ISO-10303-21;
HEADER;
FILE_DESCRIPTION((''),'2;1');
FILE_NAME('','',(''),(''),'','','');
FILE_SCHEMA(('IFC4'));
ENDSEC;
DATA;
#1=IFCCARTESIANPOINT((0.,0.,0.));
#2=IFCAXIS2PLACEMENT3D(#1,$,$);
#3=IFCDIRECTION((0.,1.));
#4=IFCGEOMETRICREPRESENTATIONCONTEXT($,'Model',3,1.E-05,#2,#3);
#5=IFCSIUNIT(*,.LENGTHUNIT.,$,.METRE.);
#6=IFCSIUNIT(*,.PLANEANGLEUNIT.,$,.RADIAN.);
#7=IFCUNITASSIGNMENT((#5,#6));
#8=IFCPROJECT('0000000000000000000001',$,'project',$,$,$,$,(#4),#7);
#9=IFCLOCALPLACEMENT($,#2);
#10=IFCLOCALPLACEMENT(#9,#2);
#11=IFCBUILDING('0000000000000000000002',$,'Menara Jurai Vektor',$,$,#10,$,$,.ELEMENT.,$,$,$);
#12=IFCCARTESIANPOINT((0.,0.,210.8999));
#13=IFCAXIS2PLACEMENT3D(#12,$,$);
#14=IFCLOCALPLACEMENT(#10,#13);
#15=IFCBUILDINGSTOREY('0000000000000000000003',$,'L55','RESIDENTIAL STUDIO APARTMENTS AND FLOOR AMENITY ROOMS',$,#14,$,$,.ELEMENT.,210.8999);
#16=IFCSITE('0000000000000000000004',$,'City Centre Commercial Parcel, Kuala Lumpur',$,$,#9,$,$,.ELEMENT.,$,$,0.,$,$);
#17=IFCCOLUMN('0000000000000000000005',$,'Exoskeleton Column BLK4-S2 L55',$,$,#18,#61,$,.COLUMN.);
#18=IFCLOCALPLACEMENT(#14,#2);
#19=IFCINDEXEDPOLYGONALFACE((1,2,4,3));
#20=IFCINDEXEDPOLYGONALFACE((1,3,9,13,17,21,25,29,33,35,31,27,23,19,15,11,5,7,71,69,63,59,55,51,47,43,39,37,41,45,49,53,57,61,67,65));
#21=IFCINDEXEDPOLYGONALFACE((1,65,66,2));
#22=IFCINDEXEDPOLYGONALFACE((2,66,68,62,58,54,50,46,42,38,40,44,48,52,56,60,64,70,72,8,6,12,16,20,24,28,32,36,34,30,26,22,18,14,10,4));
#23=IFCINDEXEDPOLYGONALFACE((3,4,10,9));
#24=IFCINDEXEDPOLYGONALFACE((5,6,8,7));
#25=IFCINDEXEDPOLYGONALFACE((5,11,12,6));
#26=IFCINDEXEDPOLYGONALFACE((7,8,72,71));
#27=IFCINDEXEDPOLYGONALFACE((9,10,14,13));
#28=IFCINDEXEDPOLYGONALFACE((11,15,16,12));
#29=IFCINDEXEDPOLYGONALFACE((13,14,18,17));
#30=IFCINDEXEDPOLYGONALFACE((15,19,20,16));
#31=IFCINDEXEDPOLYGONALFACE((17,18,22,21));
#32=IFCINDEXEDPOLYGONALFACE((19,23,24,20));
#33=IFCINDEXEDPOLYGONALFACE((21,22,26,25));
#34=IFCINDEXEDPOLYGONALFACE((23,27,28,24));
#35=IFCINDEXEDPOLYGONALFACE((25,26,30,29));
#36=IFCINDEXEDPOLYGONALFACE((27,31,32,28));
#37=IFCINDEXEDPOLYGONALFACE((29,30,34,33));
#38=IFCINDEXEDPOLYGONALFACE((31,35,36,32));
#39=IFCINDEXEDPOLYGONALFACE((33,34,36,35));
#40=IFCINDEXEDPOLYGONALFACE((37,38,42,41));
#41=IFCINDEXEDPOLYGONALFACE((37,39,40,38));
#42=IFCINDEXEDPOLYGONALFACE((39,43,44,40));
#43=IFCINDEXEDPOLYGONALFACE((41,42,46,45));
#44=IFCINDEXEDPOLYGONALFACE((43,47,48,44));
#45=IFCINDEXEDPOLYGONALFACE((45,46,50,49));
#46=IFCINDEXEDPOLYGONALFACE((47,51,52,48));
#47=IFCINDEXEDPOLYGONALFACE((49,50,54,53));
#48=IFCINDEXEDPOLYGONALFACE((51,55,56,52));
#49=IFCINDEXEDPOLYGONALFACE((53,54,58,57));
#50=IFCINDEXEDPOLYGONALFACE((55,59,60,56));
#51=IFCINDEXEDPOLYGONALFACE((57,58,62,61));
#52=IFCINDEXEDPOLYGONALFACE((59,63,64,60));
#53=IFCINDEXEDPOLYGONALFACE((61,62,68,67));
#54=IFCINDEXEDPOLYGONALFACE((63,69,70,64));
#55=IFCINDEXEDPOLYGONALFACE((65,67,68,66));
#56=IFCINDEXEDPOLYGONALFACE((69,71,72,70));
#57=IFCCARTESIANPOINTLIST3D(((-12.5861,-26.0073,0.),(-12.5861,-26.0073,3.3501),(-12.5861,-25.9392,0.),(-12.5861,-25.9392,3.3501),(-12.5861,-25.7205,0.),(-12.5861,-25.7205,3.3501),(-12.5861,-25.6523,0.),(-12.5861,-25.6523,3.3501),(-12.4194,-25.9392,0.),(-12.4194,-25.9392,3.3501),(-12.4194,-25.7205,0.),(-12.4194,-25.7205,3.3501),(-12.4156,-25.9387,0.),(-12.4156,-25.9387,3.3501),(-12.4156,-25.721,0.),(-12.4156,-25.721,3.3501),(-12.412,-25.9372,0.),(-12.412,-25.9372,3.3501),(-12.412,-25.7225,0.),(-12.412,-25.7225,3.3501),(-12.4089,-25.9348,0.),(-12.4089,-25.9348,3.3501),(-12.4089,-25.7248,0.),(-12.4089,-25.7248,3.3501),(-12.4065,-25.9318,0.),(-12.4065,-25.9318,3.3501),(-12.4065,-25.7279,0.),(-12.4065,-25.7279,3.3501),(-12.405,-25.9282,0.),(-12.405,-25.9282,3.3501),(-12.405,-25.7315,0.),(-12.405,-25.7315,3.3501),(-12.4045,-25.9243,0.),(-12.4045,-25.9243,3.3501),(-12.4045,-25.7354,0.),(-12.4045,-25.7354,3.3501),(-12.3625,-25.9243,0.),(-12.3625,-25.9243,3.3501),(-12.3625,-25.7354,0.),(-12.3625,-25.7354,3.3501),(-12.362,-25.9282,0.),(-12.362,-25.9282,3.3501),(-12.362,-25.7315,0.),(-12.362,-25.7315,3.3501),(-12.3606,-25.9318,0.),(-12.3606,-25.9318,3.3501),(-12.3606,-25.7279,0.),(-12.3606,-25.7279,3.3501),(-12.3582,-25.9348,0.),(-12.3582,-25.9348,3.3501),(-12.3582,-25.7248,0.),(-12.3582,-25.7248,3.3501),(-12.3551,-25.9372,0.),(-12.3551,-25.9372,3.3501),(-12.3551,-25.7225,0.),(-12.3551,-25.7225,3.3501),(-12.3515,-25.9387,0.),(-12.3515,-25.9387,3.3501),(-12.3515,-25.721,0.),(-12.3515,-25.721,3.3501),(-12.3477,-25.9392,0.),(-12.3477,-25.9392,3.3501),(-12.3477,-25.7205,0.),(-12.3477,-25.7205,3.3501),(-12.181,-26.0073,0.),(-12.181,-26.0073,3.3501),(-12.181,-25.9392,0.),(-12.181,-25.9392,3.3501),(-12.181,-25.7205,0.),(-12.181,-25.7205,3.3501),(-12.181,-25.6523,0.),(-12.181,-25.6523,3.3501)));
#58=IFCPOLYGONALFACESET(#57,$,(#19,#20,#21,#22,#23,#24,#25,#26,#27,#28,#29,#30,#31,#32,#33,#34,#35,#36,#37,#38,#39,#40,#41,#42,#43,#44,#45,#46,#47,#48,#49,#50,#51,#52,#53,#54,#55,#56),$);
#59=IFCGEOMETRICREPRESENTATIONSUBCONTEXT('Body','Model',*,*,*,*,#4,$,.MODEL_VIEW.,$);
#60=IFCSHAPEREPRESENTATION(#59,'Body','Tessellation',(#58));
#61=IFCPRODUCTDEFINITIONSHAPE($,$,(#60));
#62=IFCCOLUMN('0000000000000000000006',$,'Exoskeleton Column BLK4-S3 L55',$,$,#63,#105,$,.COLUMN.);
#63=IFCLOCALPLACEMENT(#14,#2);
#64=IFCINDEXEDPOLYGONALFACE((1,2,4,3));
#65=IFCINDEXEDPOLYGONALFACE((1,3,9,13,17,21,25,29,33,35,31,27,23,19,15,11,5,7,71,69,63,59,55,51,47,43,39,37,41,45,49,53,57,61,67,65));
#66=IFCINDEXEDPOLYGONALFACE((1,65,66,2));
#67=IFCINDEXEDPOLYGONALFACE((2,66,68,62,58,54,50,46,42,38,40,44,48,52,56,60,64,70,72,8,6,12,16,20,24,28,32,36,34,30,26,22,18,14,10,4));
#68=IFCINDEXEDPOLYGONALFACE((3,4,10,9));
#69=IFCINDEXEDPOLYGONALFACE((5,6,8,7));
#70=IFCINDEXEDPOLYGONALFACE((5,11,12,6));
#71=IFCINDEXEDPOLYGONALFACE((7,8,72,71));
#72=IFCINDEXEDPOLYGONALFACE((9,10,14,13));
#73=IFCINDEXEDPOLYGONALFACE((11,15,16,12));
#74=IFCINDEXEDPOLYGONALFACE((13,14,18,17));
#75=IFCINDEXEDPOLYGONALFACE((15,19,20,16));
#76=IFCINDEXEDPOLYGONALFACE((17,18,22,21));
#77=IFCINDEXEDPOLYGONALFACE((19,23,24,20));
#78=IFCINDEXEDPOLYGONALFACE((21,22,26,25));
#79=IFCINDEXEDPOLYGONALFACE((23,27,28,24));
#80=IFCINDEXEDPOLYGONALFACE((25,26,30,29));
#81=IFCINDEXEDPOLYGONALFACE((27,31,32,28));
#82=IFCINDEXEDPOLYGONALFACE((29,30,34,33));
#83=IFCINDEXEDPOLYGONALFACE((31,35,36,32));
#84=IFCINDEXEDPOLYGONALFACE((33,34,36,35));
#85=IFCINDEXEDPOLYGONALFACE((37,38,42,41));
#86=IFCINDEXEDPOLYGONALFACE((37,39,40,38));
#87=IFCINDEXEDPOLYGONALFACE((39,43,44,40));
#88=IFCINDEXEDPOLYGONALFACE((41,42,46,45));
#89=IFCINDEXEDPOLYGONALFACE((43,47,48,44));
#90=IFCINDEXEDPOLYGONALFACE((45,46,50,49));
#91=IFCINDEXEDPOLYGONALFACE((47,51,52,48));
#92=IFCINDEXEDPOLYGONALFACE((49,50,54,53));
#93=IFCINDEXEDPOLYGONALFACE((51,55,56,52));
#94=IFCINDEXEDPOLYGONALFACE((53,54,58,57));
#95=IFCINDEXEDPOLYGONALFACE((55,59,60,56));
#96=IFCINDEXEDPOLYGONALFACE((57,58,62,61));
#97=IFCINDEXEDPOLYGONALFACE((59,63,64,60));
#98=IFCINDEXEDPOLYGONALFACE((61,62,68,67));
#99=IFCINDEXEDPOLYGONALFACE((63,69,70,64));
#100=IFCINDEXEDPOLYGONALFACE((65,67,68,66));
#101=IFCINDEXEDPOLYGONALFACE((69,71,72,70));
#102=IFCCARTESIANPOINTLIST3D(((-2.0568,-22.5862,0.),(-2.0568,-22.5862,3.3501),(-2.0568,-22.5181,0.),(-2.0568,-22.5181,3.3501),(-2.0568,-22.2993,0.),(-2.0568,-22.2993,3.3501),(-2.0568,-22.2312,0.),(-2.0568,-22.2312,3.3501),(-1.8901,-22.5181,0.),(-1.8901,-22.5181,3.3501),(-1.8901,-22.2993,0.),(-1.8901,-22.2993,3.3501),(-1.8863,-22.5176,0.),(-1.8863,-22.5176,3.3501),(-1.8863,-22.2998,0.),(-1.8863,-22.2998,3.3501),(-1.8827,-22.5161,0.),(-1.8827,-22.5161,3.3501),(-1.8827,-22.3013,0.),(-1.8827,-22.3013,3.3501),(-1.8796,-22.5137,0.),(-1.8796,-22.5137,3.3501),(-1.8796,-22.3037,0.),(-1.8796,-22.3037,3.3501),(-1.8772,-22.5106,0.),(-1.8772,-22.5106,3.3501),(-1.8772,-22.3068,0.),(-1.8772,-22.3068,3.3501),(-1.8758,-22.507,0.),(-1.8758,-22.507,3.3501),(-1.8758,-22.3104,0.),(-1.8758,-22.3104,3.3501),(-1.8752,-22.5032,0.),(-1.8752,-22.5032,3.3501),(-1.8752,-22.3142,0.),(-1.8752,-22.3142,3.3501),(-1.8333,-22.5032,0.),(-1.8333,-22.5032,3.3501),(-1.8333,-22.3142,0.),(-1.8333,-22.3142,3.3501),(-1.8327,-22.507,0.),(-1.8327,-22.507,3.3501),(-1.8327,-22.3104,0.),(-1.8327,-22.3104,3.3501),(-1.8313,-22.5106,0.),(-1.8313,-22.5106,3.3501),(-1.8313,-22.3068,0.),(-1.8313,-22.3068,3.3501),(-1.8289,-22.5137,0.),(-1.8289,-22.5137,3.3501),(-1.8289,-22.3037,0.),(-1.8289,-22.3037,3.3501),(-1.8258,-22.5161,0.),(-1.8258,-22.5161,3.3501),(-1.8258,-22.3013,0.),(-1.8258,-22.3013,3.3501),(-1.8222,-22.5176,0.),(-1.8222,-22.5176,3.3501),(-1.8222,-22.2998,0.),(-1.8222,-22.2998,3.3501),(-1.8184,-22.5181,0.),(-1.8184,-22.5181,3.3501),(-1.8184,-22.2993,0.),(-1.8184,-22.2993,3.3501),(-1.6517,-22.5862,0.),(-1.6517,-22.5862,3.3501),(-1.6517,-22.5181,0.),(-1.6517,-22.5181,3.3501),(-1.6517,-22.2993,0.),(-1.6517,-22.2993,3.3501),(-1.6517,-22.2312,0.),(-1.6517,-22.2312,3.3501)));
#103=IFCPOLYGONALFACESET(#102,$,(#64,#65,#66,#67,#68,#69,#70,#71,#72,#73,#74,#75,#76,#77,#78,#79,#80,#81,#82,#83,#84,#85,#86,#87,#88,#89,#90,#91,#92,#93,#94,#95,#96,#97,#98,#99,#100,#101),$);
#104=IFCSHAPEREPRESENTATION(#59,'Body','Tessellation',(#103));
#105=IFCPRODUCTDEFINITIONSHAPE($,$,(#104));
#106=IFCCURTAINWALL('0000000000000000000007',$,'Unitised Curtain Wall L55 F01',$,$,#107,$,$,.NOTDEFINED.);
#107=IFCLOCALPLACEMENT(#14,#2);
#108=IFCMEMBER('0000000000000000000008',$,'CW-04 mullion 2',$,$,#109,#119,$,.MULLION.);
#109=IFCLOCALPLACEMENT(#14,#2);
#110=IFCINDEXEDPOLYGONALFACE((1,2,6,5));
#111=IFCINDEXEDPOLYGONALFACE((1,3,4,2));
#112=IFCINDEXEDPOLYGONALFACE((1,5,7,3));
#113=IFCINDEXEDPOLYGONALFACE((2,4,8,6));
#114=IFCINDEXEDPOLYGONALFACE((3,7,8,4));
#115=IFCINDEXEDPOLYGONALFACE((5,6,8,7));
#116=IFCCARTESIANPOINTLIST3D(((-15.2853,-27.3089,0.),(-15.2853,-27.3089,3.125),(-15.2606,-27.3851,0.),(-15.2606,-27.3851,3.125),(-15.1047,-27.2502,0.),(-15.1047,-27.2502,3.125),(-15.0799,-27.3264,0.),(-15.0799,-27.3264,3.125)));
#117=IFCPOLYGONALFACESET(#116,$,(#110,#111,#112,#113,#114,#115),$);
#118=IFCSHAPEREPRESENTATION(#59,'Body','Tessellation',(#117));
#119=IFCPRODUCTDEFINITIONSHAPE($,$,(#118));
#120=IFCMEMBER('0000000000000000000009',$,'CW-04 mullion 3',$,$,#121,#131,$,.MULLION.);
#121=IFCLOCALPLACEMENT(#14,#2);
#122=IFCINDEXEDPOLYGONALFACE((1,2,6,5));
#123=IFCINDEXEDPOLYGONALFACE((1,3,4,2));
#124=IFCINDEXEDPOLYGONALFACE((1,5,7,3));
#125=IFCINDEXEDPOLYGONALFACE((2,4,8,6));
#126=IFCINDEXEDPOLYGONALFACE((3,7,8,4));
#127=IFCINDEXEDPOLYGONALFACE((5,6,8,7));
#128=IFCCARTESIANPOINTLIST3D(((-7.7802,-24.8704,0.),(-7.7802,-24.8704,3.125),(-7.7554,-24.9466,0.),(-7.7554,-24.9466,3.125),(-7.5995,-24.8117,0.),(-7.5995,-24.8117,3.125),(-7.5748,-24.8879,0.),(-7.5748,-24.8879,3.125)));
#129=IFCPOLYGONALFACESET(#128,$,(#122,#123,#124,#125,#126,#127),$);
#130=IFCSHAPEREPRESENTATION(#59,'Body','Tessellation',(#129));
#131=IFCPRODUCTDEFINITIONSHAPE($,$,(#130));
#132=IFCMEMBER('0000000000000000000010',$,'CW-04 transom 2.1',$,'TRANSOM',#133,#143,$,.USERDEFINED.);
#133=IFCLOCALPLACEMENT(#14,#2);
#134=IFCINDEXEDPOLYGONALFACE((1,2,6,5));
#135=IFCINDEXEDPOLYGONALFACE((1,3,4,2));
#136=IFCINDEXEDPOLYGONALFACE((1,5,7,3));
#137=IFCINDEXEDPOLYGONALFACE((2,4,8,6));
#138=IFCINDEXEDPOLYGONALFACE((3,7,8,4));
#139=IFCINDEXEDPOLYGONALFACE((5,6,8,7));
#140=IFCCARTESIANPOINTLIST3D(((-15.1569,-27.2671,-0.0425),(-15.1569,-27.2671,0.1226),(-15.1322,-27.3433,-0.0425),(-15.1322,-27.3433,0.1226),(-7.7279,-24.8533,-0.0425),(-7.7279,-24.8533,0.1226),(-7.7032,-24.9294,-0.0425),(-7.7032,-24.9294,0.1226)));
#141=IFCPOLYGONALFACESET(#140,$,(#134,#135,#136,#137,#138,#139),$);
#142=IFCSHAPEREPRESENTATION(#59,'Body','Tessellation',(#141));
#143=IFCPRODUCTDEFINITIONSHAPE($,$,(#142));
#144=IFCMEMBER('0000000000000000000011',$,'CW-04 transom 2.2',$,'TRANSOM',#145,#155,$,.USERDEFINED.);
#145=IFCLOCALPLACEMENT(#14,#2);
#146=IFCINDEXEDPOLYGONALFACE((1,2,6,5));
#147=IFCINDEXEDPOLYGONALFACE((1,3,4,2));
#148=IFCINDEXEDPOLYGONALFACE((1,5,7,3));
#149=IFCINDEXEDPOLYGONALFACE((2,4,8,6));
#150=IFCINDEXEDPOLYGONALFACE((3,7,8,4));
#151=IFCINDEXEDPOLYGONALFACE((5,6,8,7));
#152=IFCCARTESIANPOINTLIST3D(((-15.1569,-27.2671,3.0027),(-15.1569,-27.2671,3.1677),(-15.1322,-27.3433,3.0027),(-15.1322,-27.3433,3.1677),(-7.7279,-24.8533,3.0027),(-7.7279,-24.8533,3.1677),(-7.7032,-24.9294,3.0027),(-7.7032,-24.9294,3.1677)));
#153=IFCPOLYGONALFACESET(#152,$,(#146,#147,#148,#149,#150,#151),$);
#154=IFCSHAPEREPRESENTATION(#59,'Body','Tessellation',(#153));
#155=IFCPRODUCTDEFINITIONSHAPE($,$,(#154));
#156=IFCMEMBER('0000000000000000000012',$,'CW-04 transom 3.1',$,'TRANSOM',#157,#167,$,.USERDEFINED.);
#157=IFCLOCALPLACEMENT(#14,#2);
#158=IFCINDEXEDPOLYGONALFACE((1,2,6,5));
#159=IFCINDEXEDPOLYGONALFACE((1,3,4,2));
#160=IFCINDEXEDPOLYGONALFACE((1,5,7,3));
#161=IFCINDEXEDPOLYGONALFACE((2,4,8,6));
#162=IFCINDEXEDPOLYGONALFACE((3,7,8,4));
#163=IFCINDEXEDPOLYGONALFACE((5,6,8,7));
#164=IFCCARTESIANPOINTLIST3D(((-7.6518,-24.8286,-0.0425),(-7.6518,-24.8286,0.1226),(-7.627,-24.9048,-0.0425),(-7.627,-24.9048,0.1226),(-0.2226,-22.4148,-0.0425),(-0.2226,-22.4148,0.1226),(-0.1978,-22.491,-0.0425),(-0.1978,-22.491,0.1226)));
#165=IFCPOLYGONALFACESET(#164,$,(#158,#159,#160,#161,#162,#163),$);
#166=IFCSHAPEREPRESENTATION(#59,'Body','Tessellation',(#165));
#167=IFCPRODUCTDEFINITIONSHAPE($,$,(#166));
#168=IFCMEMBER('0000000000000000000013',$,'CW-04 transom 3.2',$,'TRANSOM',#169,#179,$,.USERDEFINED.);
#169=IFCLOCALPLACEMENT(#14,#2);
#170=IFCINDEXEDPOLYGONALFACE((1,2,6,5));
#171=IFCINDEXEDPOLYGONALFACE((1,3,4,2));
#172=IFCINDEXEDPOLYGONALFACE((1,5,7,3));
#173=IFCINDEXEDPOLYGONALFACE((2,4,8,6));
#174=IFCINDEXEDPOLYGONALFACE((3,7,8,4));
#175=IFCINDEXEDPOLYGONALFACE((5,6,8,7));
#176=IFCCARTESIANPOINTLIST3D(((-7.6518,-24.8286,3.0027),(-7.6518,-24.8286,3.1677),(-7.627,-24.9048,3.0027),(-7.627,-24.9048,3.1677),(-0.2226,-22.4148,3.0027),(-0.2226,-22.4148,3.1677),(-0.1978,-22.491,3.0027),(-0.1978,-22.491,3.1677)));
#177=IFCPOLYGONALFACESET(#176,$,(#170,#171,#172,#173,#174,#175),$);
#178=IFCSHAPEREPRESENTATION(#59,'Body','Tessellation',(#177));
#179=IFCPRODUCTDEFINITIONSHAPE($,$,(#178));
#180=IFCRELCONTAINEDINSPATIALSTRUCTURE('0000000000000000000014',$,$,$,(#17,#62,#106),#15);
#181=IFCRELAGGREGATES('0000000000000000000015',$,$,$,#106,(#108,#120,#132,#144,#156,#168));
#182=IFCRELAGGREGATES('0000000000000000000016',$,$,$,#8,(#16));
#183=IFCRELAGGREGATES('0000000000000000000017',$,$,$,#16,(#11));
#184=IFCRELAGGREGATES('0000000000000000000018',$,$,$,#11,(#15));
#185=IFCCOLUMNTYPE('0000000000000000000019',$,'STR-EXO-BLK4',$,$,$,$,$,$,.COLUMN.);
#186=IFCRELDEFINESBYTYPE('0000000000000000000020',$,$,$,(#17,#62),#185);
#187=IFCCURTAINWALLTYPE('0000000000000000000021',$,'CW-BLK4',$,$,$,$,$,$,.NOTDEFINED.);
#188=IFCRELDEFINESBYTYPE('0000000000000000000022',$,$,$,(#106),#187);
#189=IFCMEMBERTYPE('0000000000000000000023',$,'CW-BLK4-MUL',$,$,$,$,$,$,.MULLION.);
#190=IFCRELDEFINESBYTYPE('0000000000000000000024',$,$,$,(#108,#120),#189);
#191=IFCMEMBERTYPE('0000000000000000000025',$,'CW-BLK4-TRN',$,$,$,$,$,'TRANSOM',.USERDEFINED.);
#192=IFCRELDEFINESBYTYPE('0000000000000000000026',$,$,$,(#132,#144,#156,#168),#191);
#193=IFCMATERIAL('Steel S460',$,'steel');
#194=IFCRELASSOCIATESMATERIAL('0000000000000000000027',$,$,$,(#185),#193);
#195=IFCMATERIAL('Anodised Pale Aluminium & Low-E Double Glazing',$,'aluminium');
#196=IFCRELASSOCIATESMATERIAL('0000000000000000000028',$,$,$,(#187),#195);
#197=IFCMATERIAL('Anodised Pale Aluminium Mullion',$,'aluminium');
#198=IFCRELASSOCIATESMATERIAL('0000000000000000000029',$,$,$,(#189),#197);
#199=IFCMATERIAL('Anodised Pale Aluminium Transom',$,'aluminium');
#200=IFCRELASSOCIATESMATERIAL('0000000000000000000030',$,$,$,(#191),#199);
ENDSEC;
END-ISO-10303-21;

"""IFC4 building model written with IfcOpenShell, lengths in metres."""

from ifc_helpers import new_model, si_unit, direction, frame, origin, origin_2d, place, context, subcontext, project, spatial, rectangle, i_section, extrude, material, material_profile, profile_set, type_object, element, aggregate, save


model = new_model("IFC4")

# Units and contexts
model_context = context("Model", 3, precision=1e-05, world=origin(), true_north=direction((0.0, 1.0)))
body_context = subcontext(model_context, "Body", "Model", "MODEL_VIEW")
ifc_project = project(units=[si_unit("LENGTHUNIT", "METRE"), si_unit("PLANEANGLEUNIT", "RADIAN")], contexts=[model_context])

# Site, building, storey
site_placement = place(None, origin())
site = spatial("IfcSite", under=ifc_project, at=site_placement, Name="City Centre Commercial Parcel, Kuala Lumpur", CompositionType="ELEMENT", RefElevation=0.0)
building_placement = place(site_placement, origin())
building = spatial("IfcBuilding", under=site, at=building_placement, Name="Menara Jurai Vektor", CompositionType="ELEMENT")
storey_placement = place(building_placement, frame((0.0, 0.0, 210.8999)))
storey = spatial("IfcBuildingStorey", under=building, at=storey_placement, Name="L55", Description="RESIDENTIAL STUDIO APARTMENTS AND FLOOR AMENITY ROOMS", CompositionType="ELEMENT", Elevation=210.8999)

# Columns
ifc_material_1 = material(Name="Steel S460", Category="steel")
ifc_material_profile_1 = material_profile(ifc_material_1, i_section(OverallWidth=0.405, OverallDepth=0.355, WebThickness=0.042, FlangeThickness=0.0681, FilletRadius=0.0149, at=origin_2d()), Name="HD 400x551")
ifc_profile_set_1 = profile_set([ifc_material_profile_1], Name="Steel S460")
column_type = type_object("IfcColumnType", Name="STR-EXO-BLK4", PredefinedType="COLUMN", material=ifc_profile_set_1)
for number, where, z_axis, x_axis, name in (
    (1, (-12.3835, -25.8298, 0.0), (0.0, 0.0, 1.0), (1.0, 0.0, 0.0), "Exoskeleton Column BLK4-S2 L55"),
    (2, (-1.8542, -22.4087, 0.0), (0.0, 0.0, 1.0), (1.0, 0.0, 0.0), "Exoskeleton Column BLK4-S3 L55"),
):
    element("IfcColumn", number, at=place(storey_placement, frame(where, z_axis=z_axis, x_axis=x_axis)), inside=storey, type_object=column_type, Name=name, PredefinedType="COLUMN", context=body_context, shape_type="SweptSolid", body=[
        extrude(i_section(OverallWidth=0.405, OverallDepth=0.355, WebThickness=0.042, FlangeThickness=0.0681, FilletRadius=0.0149, at=origin_2d()), origin(), (0.0, 0.0, 1.0), 3.3501),
    ])

# Curtain wall, members
ifc_material_2 = material(Name="Anodised Pale Aluminium & Low-E Double Glazing", Category="aluminium")
curtain_wall_type = type_object("IfcCurtainWallType", Name="CW-BLK4", PredefinedType="NOTDEFINED", material=ifc_material_2)
curtain_wall_placement = place(storey_placement, origin())
curtain_wall = element("IfcCurtainWall", 3, at=curtain_wall_placement, inside=storey, type_object=curtain_wall_type, Name="Unitised Curtain Wall L55 F01", PredefinedType="NOTDEFINED")
ifc_material_3 = material(Name="Anodised Pale Aluminium Mullion", Category="aluminium")
ifc_material_profile_2 = material_profile(ifc_material_3, rectangle(XDim=0.0801, YDim=0.1899, at=origin_2d()), Name="ALU MUL 80x190")
ifc_profile_set_2 = profile_set([ifc_material_profile_2], Name="Anodised Pale Aluminium Mullion")
member_type_1 = type_object("IfcMemberType", Name="CW-BLK4-MUL", PredefinedType="MULLION", material=ifc_profile_set_2)
member_1_placement = place(storey_placement, frame((-15.1826, -27.3176, 0.0), z_axis=(0.0, 0.0, 1.0), x_axis=(-0.309017, 0.951056, 0.0)))
member_1 = element("IfcMember", 4, at=member_1_placement, type_object=member_type_1, Name="CW-04 mullion 2", PredefinedType="MULLION", context=body_context, shape_type="SweptSolid", body=[
    extrude(rectangle(XDim=0.0801, YDim=0.1899, at=origin_2d()), origin(), (0.0, 0.0, 1.0), 3.125),
])
member_2_placement = place(storey_placement, frame((-7.6775, -24.8792, 0.0), z_axis=(0.0, 0.0, 1.0), x_axis=(-0.309017, 0.951056, 0.0)))
member_2 = element("IfcMember", 5, at=member_2_placement, type_object=member_type_1, Name="CW-04 mullion 3", PredefinedType="MULLION", context=body_context, shape_type="SweptSolid", body=[
    extrude(rectangle(XDim=0.0801, YDim=0.1899, at=origin_2d()), origin(), (0.0, 0.0, 1.0), 3.125),
])
ifc_material_4 = material(Name="Anodised Pale Aluminium Transom", Category="aluminium")
ifc_material_profile_3 = material_profile(ifc_material_4, rectangle(XDim=0.0801, YDim=0.165, at=origin_2d()), Name="ALU TRN 80x165")
ifc_profile_set_3 = profile_set([ifc_material_profile_3], Name="Anodised Pale Aluminium Transom")
member_type_2 = type_object("IfcMemberType", Name="CW-BLK4-TRN", ElementType="TRANSOM", PredefinedType="USERDEFINED", material=ifc_profile_set_3)
member_3_placement = place(storey_placement, frame((-15.1445, -27.3052, 0.04), z_axis=(0.951056, 0.309018, 0.0), x_axis=(-0.309018, 0.951056, 0.0)))
member_3 = element("IfcMember", 6, at=member_3_placement, type_object=member_type_2, Name="CW-04 transom 2.1", ObjectType="TRANSOM", PredefinedType="USERDEFINED", context=body_context, shape_type="SweptSolid", body=[
    extrude(rectangle(XDim=0.0801, YDim=0.165, at=origin_2d()), origin(), (0.0, 0.0, 1.0), 7.8113),
])
member_4_placement = place(storey_placement, frame((-15.1445, -27.3052, 3.0852), z_axis=(0.951056, 0.309018, 0.0), x_axis=(-0.309018, 0.951056, 0.0)))
member_4 = element("IfcMember", 7, at=member_4_placement, type_object=member_type_2, Name="CW-04 transom 2.2", ObjectType="TRANSOM", PredefinedType="USERDEFINED", context=body_context, shape_type="SweptSolid", body=[
    extrude(rectangle(XDim=0.0801, YDim=0.165, at=origin_2d()), origin(), (0.0, 0.0, 1.0), 7.8113),
])
member_5_placement = place(storey_placement, frame((-7.6394, -24.8667, 0.04), z_axis=(0.951059, 0.309008, 0.0), x_axis=(-0.309008, 0.951059, 0.0)))
member_5 = element("IfcMember", 8, at=member_5_placement, type_object=member_type_2, Name="CW-04 transom 3.1", ObjectType="TRANSOM", PredefinedType="USERDEFINED", context=body_context, shape_type="SweptSolid", body=[
    extrude(rectangle(XDim=0.0801, YDim=0.165, at=origin_2d()), origin(), (0.0, 0.0, 1.0), 7.8115),
])
member_6_placement = place(storey_placement, frame((-7.6394, -24.8667, 3.0852), z_axis=(0.951059, 0.309008, 0.0), x_axis=(-0.309008, 0.951059, 0.0)))
member_6 = element("IfcMember", 9, at=member_6_placement, type_object=member_type_2, Name="CW-04 transom 3.2", ObjectType="TRANSOM", PredefinedType="USERDEFINED", context=body_context, shape_type="SweptSolid", body=[
    extrude(rectangle(XDim=0.0801, YDim=0.165, at=origin_2d()), origin(), (0.0, 0.0, 1.0), 7.8115),
])

aggregate(curtain_wall, [member_1, member_2, member_3, member_4, member_5, member_6])

save(model, "model.ifc")
